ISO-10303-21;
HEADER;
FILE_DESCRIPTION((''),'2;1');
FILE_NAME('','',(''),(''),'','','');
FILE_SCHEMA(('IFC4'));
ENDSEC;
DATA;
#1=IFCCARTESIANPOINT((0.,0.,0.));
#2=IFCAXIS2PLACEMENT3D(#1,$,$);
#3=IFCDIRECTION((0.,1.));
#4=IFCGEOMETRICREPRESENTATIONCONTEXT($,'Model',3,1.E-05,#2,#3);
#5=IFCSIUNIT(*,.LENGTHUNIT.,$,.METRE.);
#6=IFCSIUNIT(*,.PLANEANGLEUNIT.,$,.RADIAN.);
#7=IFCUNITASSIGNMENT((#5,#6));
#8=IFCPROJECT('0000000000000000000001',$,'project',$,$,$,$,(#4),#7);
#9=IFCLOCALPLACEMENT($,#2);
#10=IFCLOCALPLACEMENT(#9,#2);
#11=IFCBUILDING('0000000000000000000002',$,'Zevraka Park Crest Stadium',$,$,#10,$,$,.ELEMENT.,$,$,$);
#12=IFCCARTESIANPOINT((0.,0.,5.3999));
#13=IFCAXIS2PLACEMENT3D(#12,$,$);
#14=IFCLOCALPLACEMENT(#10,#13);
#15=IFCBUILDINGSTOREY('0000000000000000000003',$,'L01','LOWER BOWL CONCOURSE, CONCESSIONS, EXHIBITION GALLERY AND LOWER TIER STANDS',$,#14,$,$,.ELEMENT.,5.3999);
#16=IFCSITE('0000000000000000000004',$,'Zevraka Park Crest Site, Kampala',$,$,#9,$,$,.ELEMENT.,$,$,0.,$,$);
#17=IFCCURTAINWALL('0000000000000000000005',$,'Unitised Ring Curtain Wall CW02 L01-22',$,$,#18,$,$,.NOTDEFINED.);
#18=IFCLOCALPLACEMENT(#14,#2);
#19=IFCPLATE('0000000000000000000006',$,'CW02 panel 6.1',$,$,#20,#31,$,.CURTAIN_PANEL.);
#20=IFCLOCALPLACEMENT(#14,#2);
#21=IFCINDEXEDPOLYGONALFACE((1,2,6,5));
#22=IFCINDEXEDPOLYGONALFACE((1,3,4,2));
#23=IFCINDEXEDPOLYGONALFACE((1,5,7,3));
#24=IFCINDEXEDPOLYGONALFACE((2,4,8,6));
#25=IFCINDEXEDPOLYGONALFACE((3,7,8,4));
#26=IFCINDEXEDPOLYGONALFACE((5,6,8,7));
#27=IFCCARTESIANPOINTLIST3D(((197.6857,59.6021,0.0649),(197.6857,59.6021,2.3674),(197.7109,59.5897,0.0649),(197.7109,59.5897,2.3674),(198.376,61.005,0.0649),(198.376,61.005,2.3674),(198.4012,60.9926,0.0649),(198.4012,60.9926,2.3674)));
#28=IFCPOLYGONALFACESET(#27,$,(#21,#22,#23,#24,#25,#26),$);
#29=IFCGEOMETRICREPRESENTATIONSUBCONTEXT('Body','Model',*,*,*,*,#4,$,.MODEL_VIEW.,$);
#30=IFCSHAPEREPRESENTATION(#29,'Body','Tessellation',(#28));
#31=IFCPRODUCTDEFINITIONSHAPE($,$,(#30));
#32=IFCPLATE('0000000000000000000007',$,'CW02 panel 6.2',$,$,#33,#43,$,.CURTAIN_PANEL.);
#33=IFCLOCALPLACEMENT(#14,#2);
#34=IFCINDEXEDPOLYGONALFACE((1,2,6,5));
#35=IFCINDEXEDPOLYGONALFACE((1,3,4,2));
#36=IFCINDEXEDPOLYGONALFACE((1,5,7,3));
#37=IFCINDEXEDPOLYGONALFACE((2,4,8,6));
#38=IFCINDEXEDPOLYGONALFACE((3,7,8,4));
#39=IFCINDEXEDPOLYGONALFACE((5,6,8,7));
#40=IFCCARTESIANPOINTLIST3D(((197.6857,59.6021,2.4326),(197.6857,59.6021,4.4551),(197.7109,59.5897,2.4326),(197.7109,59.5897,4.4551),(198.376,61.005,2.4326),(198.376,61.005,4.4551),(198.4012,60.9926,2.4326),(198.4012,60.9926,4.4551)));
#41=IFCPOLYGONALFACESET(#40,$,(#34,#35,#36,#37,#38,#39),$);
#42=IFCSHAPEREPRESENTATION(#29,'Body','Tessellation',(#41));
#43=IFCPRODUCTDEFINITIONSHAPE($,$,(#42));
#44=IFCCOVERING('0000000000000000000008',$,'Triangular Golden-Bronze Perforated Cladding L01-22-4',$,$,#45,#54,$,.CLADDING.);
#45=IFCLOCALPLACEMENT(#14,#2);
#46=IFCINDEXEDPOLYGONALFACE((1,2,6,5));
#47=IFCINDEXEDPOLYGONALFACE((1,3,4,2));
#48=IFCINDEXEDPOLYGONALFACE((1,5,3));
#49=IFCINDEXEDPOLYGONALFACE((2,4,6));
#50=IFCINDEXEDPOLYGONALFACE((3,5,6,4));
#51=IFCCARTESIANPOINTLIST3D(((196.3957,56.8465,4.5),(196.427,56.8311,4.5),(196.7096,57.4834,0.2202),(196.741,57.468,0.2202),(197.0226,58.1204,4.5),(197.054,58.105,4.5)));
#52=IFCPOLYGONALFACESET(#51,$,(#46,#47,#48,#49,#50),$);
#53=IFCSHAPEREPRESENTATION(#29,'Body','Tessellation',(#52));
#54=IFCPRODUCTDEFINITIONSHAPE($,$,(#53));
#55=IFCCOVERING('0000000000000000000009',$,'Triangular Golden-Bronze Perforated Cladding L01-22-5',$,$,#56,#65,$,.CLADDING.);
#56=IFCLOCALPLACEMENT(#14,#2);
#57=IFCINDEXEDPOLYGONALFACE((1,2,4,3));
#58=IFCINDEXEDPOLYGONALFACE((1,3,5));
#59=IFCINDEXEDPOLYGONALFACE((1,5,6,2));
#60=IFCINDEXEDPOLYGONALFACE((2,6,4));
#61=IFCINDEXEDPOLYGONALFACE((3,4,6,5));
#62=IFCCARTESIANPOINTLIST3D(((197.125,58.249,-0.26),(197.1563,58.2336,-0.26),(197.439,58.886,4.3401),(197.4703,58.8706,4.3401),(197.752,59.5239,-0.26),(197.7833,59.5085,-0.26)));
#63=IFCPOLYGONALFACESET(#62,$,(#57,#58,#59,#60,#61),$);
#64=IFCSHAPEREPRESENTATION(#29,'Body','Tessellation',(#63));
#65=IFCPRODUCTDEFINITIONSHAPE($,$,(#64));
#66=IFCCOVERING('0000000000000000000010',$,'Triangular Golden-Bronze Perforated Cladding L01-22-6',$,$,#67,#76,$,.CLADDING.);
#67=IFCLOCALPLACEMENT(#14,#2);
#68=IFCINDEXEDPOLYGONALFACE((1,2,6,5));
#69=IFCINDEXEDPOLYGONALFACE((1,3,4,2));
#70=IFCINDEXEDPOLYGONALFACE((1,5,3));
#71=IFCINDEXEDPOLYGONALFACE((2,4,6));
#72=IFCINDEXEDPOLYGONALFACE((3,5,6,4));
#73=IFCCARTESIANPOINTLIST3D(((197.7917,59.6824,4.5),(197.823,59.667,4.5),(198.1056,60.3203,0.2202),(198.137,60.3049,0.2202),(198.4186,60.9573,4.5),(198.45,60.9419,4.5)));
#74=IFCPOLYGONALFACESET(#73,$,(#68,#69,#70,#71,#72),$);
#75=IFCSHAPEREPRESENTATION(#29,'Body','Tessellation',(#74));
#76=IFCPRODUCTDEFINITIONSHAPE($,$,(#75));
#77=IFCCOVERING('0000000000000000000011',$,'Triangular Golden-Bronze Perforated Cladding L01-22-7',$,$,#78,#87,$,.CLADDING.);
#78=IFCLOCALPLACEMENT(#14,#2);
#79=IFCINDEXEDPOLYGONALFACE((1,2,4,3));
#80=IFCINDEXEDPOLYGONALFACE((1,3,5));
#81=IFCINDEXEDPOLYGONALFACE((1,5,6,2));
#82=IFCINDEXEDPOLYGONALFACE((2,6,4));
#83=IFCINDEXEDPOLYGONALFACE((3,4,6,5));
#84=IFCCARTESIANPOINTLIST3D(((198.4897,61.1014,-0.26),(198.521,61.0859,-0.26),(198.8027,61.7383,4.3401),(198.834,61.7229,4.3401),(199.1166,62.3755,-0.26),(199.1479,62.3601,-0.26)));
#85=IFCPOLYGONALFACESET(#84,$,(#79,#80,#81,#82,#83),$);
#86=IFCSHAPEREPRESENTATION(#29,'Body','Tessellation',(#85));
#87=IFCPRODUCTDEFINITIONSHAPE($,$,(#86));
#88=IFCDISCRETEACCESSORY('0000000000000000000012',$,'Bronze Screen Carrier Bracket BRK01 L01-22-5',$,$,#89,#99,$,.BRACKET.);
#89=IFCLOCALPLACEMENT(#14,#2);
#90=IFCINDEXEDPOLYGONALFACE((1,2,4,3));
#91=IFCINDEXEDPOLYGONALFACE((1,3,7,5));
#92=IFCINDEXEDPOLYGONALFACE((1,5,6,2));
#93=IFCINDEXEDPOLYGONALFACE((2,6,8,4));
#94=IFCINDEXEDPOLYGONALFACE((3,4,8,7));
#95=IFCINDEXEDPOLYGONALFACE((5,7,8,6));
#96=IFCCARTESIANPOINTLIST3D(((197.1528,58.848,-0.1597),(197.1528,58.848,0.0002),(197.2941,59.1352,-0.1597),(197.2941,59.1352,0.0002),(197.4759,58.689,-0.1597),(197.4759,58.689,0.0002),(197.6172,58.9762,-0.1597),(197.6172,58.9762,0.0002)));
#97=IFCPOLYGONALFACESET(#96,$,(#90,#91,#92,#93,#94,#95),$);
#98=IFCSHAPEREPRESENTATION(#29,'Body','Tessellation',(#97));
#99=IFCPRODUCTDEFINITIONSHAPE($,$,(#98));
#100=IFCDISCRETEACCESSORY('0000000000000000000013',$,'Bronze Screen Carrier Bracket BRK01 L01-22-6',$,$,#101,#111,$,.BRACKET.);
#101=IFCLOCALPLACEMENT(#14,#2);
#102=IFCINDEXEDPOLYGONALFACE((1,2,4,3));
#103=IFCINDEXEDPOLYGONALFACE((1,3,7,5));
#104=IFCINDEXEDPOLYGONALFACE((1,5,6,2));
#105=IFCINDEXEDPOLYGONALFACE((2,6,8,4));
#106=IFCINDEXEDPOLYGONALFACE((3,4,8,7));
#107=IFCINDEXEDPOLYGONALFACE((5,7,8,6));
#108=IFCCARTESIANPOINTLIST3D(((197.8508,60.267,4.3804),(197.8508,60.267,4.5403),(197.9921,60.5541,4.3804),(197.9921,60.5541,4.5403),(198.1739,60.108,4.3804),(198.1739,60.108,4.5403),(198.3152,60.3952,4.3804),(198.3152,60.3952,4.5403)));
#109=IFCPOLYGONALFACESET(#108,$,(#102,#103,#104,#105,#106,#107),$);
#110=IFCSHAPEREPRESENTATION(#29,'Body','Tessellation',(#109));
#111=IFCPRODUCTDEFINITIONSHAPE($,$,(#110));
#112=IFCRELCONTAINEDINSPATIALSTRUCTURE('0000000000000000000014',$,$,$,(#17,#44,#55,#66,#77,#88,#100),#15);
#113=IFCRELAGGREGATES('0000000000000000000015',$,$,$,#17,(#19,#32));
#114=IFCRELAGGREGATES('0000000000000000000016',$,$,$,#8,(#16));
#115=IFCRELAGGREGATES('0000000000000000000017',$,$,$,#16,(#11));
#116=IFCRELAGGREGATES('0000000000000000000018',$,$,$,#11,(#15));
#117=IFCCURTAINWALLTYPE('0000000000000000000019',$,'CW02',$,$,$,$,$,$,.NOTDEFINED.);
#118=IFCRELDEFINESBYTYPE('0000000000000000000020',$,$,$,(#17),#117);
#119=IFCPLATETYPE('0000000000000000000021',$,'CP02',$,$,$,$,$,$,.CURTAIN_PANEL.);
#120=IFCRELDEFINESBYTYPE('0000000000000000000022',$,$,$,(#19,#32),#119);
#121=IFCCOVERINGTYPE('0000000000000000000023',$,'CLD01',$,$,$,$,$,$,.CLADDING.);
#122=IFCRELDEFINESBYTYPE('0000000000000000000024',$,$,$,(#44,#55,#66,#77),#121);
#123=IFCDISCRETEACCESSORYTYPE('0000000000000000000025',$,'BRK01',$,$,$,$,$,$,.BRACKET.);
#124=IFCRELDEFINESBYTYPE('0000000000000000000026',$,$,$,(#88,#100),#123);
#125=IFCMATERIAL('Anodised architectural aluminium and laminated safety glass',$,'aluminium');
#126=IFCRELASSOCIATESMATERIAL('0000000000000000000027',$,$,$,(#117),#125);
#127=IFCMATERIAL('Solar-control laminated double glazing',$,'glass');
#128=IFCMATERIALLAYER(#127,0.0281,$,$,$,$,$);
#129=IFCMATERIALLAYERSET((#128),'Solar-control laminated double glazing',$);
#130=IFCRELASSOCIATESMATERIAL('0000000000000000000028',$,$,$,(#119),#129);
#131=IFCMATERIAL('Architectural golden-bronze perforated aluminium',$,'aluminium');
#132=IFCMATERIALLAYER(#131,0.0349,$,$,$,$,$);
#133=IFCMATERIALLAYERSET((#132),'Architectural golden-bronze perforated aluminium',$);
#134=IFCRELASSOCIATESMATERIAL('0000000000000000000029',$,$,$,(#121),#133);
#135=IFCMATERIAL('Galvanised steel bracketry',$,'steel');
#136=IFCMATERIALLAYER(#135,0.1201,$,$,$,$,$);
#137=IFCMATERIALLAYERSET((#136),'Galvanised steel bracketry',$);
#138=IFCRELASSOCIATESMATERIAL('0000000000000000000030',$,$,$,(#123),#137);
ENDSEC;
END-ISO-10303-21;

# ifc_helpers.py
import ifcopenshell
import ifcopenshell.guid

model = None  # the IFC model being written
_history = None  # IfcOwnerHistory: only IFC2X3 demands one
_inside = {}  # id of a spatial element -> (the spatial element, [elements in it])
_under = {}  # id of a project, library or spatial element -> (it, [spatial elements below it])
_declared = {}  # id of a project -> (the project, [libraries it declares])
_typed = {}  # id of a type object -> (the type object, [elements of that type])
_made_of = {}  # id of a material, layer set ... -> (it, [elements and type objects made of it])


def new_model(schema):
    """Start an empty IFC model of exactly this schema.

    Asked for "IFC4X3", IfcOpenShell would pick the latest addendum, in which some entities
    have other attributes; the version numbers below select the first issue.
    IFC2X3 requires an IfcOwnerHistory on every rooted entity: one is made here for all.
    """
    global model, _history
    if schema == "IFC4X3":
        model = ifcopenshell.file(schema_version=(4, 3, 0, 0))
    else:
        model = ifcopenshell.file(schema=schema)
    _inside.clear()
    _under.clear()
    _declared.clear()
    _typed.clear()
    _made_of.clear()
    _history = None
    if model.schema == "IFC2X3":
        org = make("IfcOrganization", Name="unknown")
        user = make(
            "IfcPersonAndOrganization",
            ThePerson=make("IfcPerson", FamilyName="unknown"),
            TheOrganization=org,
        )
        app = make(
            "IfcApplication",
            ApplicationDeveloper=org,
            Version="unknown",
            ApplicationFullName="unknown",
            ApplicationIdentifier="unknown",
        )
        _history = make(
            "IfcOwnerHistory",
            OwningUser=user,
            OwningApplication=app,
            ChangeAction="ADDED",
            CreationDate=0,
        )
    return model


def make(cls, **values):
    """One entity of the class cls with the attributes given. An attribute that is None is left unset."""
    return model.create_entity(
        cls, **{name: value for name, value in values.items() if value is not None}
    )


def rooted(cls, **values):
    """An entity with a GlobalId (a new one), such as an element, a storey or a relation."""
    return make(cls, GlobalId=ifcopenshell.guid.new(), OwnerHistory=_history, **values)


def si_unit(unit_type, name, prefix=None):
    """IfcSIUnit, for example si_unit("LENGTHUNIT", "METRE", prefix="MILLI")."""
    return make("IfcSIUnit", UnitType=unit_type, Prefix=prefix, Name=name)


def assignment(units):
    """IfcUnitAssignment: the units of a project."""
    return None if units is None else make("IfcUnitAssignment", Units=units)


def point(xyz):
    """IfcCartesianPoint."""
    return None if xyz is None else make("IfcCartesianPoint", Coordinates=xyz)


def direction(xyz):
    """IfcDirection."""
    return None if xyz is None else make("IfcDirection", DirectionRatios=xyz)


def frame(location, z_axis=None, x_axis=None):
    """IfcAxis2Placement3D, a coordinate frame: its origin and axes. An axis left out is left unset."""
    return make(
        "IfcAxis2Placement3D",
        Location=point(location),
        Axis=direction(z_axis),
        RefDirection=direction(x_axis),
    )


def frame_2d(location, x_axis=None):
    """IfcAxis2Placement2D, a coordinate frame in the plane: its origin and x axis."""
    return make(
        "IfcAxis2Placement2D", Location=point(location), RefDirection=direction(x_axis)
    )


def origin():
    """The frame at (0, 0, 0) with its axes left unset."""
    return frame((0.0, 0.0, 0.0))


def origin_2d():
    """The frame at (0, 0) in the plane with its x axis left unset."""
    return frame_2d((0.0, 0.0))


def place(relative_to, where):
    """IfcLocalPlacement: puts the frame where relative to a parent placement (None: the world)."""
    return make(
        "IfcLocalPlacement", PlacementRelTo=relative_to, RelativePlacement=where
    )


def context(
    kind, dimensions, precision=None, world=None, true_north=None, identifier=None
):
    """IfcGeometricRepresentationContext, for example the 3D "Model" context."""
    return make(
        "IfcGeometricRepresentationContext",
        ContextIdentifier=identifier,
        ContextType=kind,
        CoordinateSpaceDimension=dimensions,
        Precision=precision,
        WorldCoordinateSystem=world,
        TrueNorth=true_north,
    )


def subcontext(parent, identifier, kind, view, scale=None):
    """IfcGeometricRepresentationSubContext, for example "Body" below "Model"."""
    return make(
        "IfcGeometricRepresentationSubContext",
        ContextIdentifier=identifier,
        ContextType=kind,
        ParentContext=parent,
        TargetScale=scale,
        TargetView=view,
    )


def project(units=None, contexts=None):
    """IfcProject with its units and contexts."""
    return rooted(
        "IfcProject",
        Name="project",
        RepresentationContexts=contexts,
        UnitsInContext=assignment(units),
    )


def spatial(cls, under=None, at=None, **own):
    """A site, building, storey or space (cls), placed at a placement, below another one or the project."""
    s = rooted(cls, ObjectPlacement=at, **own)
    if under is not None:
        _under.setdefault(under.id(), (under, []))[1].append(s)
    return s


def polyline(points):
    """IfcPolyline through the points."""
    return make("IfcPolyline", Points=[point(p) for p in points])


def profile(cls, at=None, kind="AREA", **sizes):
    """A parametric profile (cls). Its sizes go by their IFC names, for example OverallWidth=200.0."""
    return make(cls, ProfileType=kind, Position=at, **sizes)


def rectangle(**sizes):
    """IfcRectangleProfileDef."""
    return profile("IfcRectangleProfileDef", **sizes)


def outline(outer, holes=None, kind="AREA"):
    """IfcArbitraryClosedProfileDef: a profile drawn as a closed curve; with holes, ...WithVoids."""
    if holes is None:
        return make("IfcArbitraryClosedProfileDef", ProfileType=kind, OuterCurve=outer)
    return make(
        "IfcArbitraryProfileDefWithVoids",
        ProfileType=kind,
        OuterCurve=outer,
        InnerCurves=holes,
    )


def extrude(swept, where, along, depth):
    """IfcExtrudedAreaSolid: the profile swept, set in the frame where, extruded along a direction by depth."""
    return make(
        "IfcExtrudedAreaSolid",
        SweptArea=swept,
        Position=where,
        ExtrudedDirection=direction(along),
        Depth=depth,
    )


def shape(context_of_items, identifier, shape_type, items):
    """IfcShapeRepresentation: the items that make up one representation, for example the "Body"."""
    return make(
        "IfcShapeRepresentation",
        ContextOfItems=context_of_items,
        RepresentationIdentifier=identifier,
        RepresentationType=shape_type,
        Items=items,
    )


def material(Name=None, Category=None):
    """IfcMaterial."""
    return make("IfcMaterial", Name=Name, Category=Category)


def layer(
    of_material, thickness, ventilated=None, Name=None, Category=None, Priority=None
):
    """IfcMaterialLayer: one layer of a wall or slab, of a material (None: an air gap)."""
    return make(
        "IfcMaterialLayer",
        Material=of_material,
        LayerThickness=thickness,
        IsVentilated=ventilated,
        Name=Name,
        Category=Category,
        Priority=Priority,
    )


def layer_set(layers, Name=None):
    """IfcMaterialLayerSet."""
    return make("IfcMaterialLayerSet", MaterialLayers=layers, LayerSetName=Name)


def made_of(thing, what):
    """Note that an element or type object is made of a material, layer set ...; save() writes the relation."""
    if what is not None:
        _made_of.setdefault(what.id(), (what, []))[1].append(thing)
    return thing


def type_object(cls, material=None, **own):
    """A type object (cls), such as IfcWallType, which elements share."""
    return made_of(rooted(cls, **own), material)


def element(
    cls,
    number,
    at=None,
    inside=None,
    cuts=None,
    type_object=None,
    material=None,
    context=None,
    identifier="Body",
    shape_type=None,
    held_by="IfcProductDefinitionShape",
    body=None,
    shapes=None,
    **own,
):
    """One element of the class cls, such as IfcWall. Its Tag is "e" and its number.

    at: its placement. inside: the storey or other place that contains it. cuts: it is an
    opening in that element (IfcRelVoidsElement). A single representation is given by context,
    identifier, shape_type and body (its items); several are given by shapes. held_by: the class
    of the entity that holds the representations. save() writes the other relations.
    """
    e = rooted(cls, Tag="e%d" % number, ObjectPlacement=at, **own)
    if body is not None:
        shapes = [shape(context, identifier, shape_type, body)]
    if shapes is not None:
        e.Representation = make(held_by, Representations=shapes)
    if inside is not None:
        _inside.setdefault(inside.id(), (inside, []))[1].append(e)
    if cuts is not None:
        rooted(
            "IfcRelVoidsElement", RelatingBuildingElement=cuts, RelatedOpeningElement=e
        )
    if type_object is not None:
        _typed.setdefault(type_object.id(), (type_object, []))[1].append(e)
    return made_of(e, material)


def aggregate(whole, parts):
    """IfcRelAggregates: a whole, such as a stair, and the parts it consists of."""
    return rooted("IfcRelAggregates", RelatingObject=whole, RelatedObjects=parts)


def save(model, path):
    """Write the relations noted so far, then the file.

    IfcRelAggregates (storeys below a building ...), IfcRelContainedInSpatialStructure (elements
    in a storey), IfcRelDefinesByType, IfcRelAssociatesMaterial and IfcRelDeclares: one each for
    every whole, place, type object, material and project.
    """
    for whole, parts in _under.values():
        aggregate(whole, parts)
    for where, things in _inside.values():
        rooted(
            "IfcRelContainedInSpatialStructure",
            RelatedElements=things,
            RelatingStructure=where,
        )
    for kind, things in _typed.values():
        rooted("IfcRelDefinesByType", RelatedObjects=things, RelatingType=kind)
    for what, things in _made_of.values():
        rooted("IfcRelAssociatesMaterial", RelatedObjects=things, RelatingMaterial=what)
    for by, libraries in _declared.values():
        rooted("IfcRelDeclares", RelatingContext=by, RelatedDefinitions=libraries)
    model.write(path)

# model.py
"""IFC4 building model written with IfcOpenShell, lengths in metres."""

from ifc_helpers import new_model, si_unit, direction, frame, origin, origin_2d, place, context, subcontext, project, spatial, polyline, rectangle, outline, extrude, material, layer, layer_set, type_object, element, aggregate, save


model = new_model("IFC4")

# Units and contexts
model_context = context("Model", 3, precision=1e-05, world=origin(), true_north=direction((0.0, 1.0)))
body_context = subcontext(model_context, "Body", "Model", "MODEL_VIEW")
ifc_project = project(units=[si_unit("LENGTHUNIT", "METRE"), si_unit("PLANEANGLEUNIT", "RADIAN")], contexts=[model_context])

# Site, building, storey
site_placement = place(None, origin())
site = spatial("IfcSite", under=ifc_project, at=site_placement, Name="Zevraka Park Crest Site, Kampala", CompositionType="ELEMENT", RefElevation=0.0)
building_placement = place(site_placement, origin())
building = spatial("IfcBuilding", under=site, at=building_placement, Name="Zevraka Park Crest Stadium", CompositionType="ELEMENT")
storey_placement = place(building_placement, frame((0.0, 0.0, 5.3999)))
storey = spatial("IfcBuildingStorey", under=building, at=storey_placement, Name="L01", Description="LOWER BOWL CONCOURSE, CONCESSIONS, EXHIBITION GALLERY AND LOWER TIER STANDS", CompositionType="ELEMENT", Elevation=5.3999)

# Curtain wall, plates
ifc_material_1 = material(Name="Anodised architectural aluminium and laminated safety glass", Category="aluminium")
curtain_wall_type = type_object("IfcCurtainWallType", Name="CW02", PredefinedType="NOTDEFINED", material=ifc_material_1)
curtain_wall_placement = place(storey_placement, origin())
curtain_wall = element("IfcCurtainWall", 1, at=curtain_wall_placement, inside=storey, type_object=curtain_wall_type, Name="Unitised Ring Curtain Wall CW02 L01-22", PredefinedType="NOTDEFINED")
ifc_material_2 = material(Name="Solar-control laminated double glazing", Category="glass")
ifc_layer_1 = layer(ifc_material_2, 0.0281)
ifc_layer_set_1 = layer_set([ifc_layer_1], Name="Solar-control laminated double glazing")
plate_type = type_object("IfcPlateType", Name="CP02", PredefinedType="CURTAIN_PANEL", material=ifc_layer_set_1)
plate_1_placement = place(storey_placement, frame((198.0435, 60.2974, 0.0649), z_axis=(0.0, 0.0, 1.0), x_axis=(0.441517, 0.897253, 0.0)))
plate_1 = element("IfcPlate", 2, at=plate_1_placement, type_object=plate_type, Name="CW02 panel 6.1", PredefinedType="CURTAIN_PANEL", context=body_context, shape_type="SweptSolid", body=[
    extrude(rectangle(XDim=1.5635, YDim=0.0281, at=origin_2d()), origin(), (0.0, 0.0, 1.0), 2.3025),
])
plate_2_placement = place(storey_placement, frame((198.0435, 60.2974, 2.4326), z_axis=(0.0, 0.0, 1.0), x_axis=(0.441517, 0.897253, 0.0)))
plate_2 = element("IfcPlate", 3, at=plate_2_placement, type_object=plate_type, Name="CW02 panel 6.2", PredefinedType="CURTAIN_PANEL", context=body_context, shape_type="SweptSolid", body=[
    extrude(rectangle(XDim=1.5635, YDim=0.0281, at=origin_2d()), origin(), (0.0, 0.0, 1.0), 2.0225),
])
aggregate(curtain_wall, [plate_1, plate_2])

# Coverings
ifc_material_3 = material(Name="Architectural golden-bronze perforated aluminium", Category="aluminium")
ifc_layer_2 = layer(ifc_material_3, 0.0349)
ifc_layer_set_2 = layer_set([ifc_layer_2], Name="Architectural golden-bronze perforated aluminium")
covering_type = type_object("IfcCoveringType", Name="CLD01", PredefinedType="CLADDING", material=ifc_layer_set_2)
covering_1_placement = place(storey_placement, frame((197.054, 58.105, 4.5), z_axis=(0.897229, -0.441565, 0.000102), x_axis=(-0.441565, -0.897229, 0.0)))
element("IfcCovering", 4, at=covering_1_placement, inside=storey, type_object=covering_type, Name="Triangular Golden-Bronze Perforated Cladding L01-22-4", PredefinedType="CLADDING", context=body_context, shape_type="SweptSolid", body=[
    extrude(outline(polyline([(0.0, 0.0), (1.4198, 0.0), (0.7097, 4.2798), (0.0, 0.0)])), origin(), (0.0, 0.0, -1.0), 0.0349),
])
covering_2_placement = place(storey_placement, frame((197.125, 58.249, -0.26), z_axis=(-0.897363, 0.441292, 0.000142), x_axis=(0.441292, 0.897363, 0.0)))
element("IfcCovering", 5, at=covering_2_placement, inside=storey, type_object=covering_type, Name="Triangular Golden-Bronze Perforated Cladding L01-22-5", PredefinedType="CLADDING", context=body_context, shape_type="SweptSolid", body=[
    extrude(outline(polyline([(0.0, 0.0), (1.4207, 0.0), (0.7101, -4.6001), (0.0, 0.0)])), origin(), (0.0, 0.0, -1.0), 0.0349),
])
covering_3_placement = place(storey_placement, frame((198.45, 60.9419, 4.5), z_axis=(0.897363, -0.441292, 0.000052), x_axis=(-0.441292, -0.897363, 0.0)))
element("IfcCovering", 6, at=covering_3_placement, inside=storey, type_object=covering_type, Name="Triangular Golden-Bronze Perforated Cladding L01-22-6", PredefinedType="CLADDING", context=body_context, shape_type="SweptSolid", body=[
    extrude(outline(polyline([(0.0, 0.0), (1.4207, 0.0), (0.7097, 4.2798), (0.0, 0.0)])), origin(), (0.0, 0.0, -1.0), 0.0349),
])
covering_4_placement = place(storey_placement, frame((198.521, 61.0859, -0.26), z_axis=(0.897263, -0.441497, 0.000084), x_axis=(0.441497, 0.897263, 0.0)))
element("IfcCovering", 7, at=covering_4_placement, inside=storey, type_object=covering_type, Name="Triangular Golden-Bronze Perforated Cladding L01-22-7", PredefinedType="CLADDING", context=body_context, shape_type="SweptSolid", body=[
    extrude(outline(polyline([(0.0, 0.0), (1.4201, 0.0), (0.7097, 4.6001), (0.0, 0.0)])), origin(), (0.0, 0.0, -1.0), 0.0349),
])

# Discrete accessories
ifc_material_4 = material(Name="Galvanised steel bracketry", Category="steel")
ifc_layer_3 = layer(ifc_material_4, 0.1201)
ifc_layer_set_3 = layer_set([ifc_layer_3], Name="Galvanised steel bracketry")
discrete_accessory_type = type_object("IfcDiscreteAccessoryType", Name="BRK01", PredefinedType="BRACKET", material=ifc_layer_set_3)
for number, where, z_axis, x_axis, name in (
    (8, (197.385, 58.9121, -0.1597), (0.0, 0.0, 1.0), (0.441506, 0.897258, 0.0), "Bronze Screen Carrier Bracket BRK01 L01-22-5"),
    (9, (198.083, 60.3311, 4.3804), (0.0, 0.0, 1.0), (0.441506, 0.897258, 0.0), "Bronze Screen Carrier Bracket BRK01 L01-22-6"),
):
    element("IfcDiscreteAccessory", number, at=place(storey_placement, frame(where, z_axis=z_axis, x_axis=x_axis)), inside=storey, type_object=discrete_accessory_type, Name=name, PredefinedType="BRACKET", context=body_context, shape_type="SweptSolid", body=[
        extrude(rectangle(XDim=0.3201, YDim=0.3601, at=origin_2d()), origin(), (0.0, 0.0, 1.0), 0.1599),
    ])

save(model, "model.ifc")
